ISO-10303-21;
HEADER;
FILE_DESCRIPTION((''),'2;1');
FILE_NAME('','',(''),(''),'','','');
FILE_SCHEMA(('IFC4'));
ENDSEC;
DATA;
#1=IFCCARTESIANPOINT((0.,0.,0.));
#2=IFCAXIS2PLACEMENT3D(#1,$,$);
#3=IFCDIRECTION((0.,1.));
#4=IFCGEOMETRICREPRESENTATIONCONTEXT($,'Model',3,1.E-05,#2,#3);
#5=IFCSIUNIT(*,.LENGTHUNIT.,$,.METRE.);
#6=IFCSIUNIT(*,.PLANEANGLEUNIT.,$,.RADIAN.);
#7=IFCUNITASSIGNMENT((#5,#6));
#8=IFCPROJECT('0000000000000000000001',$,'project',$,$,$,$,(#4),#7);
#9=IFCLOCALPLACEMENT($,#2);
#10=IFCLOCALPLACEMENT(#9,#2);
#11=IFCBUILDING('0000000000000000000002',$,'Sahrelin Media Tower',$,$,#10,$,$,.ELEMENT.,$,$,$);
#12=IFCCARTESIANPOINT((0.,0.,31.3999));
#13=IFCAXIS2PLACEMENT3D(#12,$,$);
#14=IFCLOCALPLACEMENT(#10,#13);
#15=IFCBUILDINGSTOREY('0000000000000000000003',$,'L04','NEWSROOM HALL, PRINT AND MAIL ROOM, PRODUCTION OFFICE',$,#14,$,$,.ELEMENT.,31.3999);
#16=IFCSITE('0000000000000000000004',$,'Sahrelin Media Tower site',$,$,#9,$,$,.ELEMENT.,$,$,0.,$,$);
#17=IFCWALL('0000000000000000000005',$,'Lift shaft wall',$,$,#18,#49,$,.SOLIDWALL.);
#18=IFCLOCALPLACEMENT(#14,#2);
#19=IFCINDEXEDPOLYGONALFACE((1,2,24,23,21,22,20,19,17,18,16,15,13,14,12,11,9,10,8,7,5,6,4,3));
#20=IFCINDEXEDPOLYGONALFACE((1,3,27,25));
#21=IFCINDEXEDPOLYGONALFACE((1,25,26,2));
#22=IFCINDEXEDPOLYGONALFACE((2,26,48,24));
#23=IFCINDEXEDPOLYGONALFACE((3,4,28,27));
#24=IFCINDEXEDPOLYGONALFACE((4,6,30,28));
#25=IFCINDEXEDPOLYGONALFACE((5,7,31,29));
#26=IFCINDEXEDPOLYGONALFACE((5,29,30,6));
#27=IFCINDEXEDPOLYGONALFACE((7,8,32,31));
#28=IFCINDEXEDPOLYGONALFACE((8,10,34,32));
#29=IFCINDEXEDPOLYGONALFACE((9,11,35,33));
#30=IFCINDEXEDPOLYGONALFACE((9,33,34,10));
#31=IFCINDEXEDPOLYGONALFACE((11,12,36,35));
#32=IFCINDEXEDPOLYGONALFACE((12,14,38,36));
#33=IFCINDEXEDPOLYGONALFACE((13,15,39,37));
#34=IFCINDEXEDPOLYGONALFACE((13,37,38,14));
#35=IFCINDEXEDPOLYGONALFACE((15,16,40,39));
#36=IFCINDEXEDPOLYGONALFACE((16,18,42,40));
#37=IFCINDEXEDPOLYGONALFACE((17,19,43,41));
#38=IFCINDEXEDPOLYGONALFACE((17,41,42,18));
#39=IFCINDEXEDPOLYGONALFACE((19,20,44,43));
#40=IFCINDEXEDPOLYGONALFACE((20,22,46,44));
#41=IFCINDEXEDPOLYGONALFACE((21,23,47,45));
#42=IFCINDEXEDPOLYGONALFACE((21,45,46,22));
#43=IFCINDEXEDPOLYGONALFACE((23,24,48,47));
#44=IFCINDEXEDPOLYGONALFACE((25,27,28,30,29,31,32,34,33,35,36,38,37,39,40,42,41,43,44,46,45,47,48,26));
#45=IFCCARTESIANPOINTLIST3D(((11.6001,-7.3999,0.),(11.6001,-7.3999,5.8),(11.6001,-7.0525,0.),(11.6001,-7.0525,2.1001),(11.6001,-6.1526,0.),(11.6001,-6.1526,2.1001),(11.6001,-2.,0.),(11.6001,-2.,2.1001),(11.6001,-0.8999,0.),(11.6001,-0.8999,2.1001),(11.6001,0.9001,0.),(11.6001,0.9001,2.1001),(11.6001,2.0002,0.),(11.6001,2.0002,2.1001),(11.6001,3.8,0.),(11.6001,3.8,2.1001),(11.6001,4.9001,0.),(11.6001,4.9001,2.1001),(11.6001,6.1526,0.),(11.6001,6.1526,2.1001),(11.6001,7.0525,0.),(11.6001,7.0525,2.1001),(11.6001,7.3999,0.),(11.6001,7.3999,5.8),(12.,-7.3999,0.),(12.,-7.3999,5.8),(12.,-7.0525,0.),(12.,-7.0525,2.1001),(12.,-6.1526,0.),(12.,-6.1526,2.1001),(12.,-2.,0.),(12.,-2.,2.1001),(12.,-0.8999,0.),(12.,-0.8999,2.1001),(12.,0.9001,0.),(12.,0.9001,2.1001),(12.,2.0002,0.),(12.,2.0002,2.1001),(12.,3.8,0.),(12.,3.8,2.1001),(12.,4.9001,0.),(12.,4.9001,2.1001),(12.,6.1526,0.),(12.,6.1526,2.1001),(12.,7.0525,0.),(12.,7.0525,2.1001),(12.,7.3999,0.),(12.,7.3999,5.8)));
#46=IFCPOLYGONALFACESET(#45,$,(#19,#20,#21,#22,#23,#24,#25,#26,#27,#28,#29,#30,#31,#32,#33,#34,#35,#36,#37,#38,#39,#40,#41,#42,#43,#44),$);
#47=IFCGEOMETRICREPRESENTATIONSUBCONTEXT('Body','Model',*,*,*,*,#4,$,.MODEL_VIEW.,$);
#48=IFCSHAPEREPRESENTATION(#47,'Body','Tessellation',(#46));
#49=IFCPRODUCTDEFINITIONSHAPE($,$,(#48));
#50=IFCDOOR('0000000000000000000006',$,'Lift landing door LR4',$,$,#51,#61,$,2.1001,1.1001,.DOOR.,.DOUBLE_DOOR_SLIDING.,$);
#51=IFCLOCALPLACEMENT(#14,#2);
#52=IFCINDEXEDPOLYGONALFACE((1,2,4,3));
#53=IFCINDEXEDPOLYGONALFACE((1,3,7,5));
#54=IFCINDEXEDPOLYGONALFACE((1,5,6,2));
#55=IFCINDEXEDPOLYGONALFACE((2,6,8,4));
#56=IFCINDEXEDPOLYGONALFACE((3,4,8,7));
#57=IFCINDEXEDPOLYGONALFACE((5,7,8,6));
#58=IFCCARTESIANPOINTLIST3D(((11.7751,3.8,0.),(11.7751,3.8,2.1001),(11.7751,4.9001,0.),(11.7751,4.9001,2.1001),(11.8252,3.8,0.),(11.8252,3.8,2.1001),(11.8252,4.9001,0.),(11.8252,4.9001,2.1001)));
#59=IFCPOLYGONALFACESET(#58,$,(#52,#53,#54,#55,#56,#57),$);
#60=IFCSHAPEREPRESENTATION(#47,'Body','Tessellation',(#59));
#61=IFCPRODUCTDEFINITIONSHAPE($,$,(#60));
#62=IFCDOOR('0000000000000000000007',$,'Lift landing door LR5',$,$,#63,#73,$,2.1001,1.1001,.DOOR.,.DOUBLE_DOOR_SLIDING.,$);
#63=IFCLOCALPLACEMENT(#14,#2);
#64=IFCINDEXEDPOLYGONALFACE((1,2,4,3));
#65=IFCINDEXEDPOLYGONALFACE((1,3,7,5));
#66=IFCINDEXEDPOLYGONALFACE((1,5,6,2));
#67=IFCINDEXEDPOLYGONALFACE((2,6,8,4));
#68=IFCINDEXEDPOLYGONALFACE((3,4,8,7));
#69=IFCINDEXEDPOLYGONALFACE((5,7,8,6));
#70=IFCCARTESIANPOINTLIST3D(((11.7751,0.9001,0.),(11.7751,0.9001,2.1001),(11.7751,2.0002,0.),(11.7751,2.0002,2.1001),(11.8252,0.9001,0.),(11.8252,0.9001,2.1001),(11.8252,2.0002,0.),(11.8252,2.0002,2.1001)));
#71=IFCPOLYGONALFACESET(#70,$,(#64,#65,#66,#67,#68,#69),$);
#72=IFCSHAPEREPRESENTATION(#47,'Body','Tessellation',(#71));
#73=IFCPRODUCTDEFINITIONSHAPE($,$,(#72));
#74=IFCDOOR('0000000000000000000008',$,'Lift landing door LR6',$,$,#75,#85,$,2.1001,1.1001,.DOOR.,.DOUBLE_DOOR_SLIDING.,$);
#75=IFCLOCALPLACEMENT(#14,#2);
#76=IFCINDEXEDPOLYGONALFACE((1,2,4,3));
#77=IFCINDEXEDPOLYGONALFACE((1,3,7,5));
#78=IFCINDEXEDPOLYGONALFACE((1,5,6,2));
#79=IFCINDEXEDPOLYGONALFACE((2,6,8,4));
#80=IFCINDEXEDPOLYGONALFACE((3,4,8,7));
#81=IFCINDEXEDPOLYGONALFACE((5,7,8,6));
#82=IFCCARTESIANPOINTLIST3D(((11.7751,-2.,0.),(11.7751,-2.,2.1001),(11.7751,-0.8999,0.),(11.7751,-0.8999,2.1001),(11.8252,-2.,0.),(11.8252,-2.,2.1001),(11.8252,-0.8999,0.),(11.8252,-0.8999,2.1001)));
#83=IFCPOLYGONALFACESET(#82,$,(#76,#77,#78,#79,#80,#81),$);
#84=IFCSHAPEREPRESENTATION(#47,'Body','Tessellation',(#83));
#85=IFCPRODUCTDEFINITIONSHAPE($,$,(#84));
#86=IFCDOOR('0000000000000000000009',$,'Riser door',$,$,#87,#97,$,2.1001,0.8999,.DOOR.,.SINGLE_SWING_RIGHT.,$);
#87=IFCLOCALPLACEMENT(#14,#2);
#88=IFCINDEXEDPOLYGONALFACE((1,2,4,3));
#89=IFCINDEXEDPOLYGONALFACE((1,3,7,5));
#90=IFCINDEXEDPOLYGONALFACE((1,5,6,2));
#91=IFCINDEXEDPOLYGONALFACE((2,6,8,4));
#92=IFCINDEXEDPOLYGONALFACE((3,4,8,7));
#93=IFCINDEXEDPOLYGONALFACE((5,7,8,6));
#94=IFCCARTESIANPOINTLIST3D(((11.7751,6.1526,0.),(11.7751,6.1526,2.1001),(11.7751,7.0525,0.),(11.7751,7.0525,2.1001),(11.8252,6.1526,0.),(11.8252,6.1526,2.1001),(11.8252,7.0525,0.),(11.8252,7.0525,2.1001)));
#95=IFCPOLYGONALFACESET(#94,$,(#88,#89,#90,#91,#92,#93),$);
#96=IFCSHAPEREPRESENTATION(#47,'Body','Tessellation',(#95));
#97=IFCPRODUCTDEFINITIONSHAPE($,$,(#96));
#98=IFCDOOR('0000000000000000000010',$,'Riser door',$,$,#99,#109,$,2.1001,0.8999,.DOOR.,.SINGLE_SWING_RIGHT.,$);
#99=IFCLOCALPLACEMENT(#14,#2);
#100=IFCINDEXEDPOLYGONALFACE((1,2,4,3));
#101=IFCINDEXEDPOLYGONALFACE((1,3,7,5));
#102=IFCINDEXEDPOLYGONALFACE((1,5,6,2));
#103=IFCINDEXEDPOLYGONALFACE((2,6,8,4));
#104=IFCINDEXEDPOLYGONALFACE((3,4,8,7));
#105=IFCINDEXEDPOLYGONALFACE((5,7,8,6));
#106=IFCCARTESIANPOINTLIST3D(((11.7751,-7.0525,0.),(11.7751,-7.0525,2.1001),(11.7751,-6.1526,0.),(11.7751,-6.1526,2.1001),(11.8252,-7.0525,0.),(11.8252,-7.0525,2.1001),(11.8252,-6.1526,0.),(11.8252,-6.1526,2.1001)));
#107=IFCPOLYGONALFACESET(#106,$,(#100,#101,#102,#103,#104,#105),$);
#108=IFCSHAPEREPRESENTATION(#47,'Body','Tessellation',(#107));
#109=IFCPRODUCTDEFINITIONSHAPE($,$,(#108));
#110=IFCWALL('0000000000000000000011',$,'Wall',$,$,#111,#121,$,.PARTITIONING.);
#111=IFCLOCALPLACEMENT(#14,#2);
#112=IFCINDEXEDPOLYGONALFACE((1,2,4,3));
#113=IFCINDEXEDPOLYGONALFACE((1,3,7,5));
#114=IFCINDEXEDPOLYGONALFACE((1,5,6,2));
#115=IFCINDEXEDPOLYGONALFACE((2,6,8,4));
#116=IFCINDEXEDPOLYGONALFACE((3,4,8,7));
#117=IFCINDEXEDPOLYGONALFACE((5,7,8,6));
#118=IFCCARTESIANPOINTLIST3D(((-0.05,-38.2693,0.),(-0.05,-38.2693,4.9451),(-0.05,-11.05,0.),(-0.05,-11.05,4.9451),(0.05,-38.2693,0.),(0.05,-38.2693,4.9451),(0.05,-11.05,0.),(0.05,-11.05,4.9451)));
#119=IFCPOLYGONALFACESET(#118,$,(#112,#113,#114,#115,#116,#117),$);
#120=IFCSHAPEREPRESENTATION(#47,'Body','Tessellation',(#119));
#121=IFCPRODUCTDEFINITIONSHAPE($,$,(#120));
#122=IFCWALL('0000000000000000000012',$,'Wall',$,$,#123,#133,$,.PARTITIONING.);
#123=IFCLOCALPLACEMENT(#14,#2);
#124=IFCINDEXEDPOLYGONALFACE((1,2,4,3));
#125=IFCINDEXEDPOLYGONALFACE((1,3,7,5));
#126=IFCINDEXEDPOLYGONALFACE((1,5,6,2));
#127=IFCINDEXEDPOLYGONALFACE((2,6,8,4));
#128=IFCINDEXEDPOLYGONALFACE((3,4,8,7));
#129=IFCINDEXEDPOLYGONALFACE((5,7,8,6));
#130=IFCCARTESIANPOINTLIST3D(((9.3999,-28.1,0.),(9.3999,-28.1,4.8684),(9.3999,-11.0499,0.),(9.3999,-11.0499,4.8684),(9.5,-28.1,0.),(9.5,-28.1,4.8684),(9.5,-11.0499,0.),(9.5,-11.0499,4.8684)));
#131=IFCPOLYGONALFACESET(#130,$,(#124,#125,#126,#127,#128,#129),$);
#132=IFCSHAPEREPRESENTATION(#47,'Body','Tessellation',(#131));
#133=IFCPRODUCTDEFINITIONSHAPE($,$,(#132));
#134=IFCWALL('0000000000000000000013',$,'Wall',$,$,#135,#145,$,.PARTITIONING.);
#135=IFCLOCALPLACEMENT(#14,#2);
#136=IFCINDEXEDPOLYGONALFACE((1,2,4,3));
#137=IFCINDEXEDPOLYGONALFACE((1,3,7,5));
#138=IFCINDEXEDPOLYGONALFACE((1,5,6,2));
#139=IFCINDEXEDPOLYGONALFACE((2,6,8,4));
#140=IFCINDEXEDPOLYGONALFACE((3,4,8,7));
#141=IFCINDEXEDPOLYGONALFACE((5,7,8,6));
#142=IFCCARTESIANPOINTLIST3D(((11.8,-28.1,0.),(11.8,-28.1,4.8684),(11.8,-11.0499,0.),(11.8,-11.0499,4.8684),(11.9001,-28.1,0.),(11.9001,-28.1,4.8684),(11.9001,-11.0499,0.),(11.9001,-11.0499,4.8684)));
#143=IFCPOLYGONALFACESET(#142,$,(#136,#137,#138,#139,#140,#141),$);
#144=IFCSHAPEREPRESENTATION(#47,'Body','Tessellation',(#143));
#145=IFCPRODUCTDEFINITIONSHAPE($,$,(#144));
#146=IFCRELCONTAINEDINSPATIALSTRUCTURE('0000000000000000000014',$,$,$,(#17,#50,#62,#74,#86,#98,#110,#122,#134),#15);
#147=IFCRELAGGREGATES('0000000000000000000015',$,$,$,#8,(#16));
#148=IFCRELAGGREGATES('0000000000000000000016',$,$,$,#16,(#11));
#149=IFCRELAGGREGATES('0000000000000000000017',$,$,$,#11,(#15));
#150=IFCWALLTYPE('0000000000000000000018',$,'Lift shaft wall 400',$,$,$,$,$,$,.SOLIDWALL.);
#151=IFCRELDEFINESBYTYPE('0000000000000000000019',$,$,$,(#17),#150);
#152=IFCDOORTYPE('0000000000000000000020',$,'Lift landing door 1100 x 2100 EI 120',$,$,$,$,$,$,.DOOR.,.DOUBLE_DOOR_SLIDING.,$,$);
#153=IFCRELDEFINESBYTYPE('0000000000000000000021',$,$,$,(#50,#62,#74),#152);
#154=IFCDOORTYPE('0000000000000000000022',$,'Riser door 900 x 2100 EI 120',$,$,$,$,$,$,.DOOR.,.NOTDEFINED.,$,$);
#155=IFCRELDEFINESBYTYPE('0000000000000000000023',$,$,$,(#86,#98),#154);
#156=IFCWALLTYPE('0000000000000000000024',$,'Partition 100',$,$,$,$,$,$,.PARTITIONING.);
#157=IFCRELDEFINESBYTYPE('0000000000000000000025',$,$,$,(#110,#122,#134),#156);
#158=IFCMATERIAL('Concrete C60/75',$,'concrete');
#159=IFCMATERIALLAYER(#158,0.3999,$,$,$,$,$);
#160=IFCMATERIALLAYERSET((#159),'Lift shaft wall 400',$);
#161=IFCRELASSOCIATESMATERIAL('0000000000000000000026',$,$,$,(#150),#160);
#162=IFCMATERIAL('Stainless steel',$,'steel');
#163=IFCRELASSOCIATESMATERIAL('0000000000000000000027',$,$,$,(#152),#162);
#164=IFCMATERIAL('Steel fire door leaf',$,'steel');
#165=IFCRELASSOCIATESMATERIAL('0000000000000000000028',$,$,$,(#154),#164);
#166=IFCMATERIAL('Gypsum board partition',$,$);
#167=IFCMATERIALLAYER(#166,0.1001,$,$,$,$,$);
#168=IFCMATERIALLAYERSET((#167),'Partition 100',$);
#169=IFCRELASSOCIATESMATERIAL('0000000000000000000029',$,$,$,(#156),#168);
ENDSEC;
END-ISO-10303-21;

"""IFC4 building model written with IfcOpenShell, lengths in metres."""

from ifc_helpers import new_model, si_unit, direction, frame, frame_2d, origin, place, context, subcontext, project, spatial, rectangle, extrude, material, layer, layer_set, type_object, element, fill, save


model = new_model("IFC4")

# Units and contexts
model_context = context("Model", 3, precision=1e-05, world=origin(), true_north=direction((0.0, 1.0)))
body_context = subcontext(model_context, "Body", "Model", "MODEL_VIEW")
ifc_project = project(units=[si_unit("LENGTHUNIT", "METRE"), si_unit("PLANEANGLEUNIT", "RADIAN")], contexts=[model_context])

# Site, building, storey
site_placement = place(None, origin())
site = spatial("IfcSite", under=ifc_project, at=site_placement, Name="Sahrelin Media Tower site", CompositionType="ELEMENT", RefElevation=0.0)
building_placement = place(site_placement, origin())
building = spatial("IfcBuilding", under=site, at=building_placement, Name="Sahrelin Media Tower", CompositionType="ELEMENT")
storey_placement = place(building_placement, frame((0.0, 0.0, 31.3999)))
storey = spatial("IfcBuildingStorey", under=building, at=storey_placement, Name="L04", Description="NEWSROOM HALL, PRINT AND MAIL ROOM, PRODUCTION OFFICE", CompositionType="ELEMENT", Elevation=31.3999)

# Shared definitions
ifc_material_1 = material(Name="Concrete C60/75", Category="concrete")

# Wall, openings, doors
ifc_layer_1 = layer(ifc_material_1, 0.3999)
ifc_layer_set_1 = layer_set([ifc_layer_1], Name="Lift shaft wall 400")
wall_type_1 = type_object("IfcWallType", Name="Lift shaft wall 400", PredefinedType="SOLIDWALL", material=ifc_layer_set_1)
wall_1_placement = place(storey_placement, frame((11.8, -7.3999, 0.0), z_axis=(0.0, 0.0, 1.0), x_axis=(0.0, 1.0, 0.0)))
wall_1 = element("IfcWall", 1, at=wall_1_placement, inside=storey, type_object=wall_type_1, Name="Lift shaft wall", PredefinedType="SOLIDWALL", context=body_context, shape_type="SweptSolid", body=[
    extrude(rectangle(XDim=14.7998, YDim=0.3999, at=frame_2d((7.3999, 0.0))), origin(), (0.0, 0.0, 1.0), 5.8),
])
opening_1_placement = place(wall_1_placement, frame((11.2, 0.0, 0.0)))
opening_1 = element("IfcOpeningElement", 2, at=opening_1_placement, cuts=wall_1, PredefinedType="OPENING", context=body_context, shape_type="SweptSolid", body=[
    extrude(rectangle(XDim=1.1001, YDim=2.1001, at=frame_2d((0.55, 1.05))), frame((0.0, 0.2, 0.0), z_axis=(0.0, -1.0, 0.0), x_axis=(1.0, 0.0, 0.0)), (0.0, 0.0, 1.0), 0.3999),
])
opening_2_placement = place(wall_1_placement, frame((8.3, 0.0, 0.0)))
opening_2 = element("IfcOpeningElement", 3, at=opening_2_placement, cuts=wall_1, PredefinedType="OPENING", context=body_context, shape_type="SweptSolid", body=[
    extrude(rectangle(XDim=1.1001, YDim=2.1001, at=frame_2d((0.55, 1.05))), frame((0.0, 0.2, 0.0), z_axis=(0.0, -1.0, 0.0), x_axis=(1.0, 0.0, 0.0)), (0.0, 0.0, 1.0), 0.3999),
])
opening_3_placement = place(wall_1_placement, frame((5.3999, 0.0, 0.0)))
opening_3 = element("IfcOpeningElement", 4, at=opening_3_placement, cuts=wall_1, PredefinedType="OPENING", context=body_context, shape_type="SweptSolid", body=[
    extrude(rectangle(XDim=1.1001, YDim=2.1001, at=frame_2d((0.55, 1.05))), frame((0.0, 0.2, 0.0), z_axis=(0.0, -1.0, 0.0), x_axis=(1.0, 0.0, 0.0)), (0.0, 0.0, 1.0), 0.3999),
])
opening_4_placement = place(wall_1_placement, frame((13.5525, 0.0, 0.0)))
opening_4 = element("IfcOpeningElement", 5, at=opening_4_placement, cuts=wall_1, PredefinedType="OPENING", context=body_context, shape_type="SweptSolid", body=[
    extrude(rectangle(XDim=0.8999, YDim=2.1001, at=frame_2d((0.45, 1.05))), frame((0.0, 0.2, 0.0), z_axis=(0.0, -1.0, 0.0), x_axis=(1.0, 0.0, 0.0)), (0.0, 0.0, 1.0), 0.3999),
])
opening_5_placement = place(wall_1_placement, frame((0.3474, 0.0, 0.0)))
opening_5 = element("IfcOpeningElement", 6, at=opening_5_placement, cuts=wall_1, PredefinedType="OPENING", context=body_context, shape_type="SweptSolid", body=[
    extrude(rectangle(XDim=0.8999, YDim=2.1001, at=frame_2d((0.45, 1.05))), frame((0.0, 0.2, 0.0), z_axis=(0.0, -1.0, 0.0), x_axis=(1.0, 0.0, 0.0)), (0.0, 0.0, 1.0), 0.3999),
])
ifc_material_2 = material(Name="Stainless steel", Category="steel")
door_type_1 = type_object("IfcDoorType", Name="Lift landing door 1100 x 2100 EI 120", OperationType="DOUBLE_DOOR_SLIDING", PredefinedType="DOOR", material=ifc_material_2)
door_1_placement = place(opening_1_placement, origin())
door_1 = element("IfcDoor", 7, at=door_1_placement, inside=storey, type_object=door_type_1, Name="Lift landing door LR4", OperationType="DOUBLE_DOOR_SLIDING", OverallHeight=2.1001, OverallWidth=1.1001, PredefinedType="DOOR", context=body_context, shape_type="SweptSolid", body=[
    extrude(rectangle(XDim=1.1001, YDim=2.1001, at=frame_2d((0.55, 1.05))), frame((0.0, 0.0249, 0.0), z_axis=(0.0, -1.0, 0.0), x_axis=(1.0, 0.0, 0.0)), (0.0, 0.0, 1.0), 0.05),
])
fill(opening_1, door_1)
door_2_placement = place(opening_2_placement, origin())
door_2 = element("IfcDoor", 8, at=door_2_placement, inside=storey, type_object=door_type_1, Name="Lift landing door LR5", OperationType="DOUBLE_DOOR_SLIDING", OverallHeight=2.1001, OverallWidth=1.1001, PredefinedType="DOOR", context=body_context, shape_type="SweptSolid", body=[
    extrude(rectangle(XDim=1.1001, YDim=2.1001, at=frame_2d((0.55, 1.05))), frame((0.0, 0.0249, 0.0), z_axis=(0.0, -1.0, 0.0), x_axis=(1.0, 0.0, 0.0)), (0.0, 0.0, 1.0), 0.05),
])
fill(opening_2, door_2)
door_3_placement = place(opening_3_placement, origin())
door_3 = element("IfcDoor", 9, at=door_3_placement, inside=storey, type_object=door_type_1, Name="Lift landing door LR6", OperationType="DOUBLE_DOOR_SLIDING", OverallHeight=2.1001, OverallWidth=1.1001, PredefinedType="DOOR", context=body_context, shape_type="SweptSolid", body=[
    extrude(rectangle(XDim=1.1001, YDim=2.1001, at=frame_2d((0.55, 1.05))), frame((0.0, 0.0249, 0.0), z_axis=(0.0, -1.0, 0.0), x_axis=(1.0, 0.0, 0.0)), (0.0, 0.0, 1.0), 0.05),
])
fill(opening_3, door_3)
ifc_material_3 = material(Name="Steel fire door leaf", Category="steel")
door_type_2 = type_object("IfcDoorType", Name="Riser door 900 x 2100 EI 120", OperationType="NOTDEFINED", PredefinedType="DOOR", material=ifc_material_3)
door_4_placement = place(opening_4_placement, origin())
door_4 = element("IfcDoor", 10, at=door_4_placement, inside=storey, type_object=door_type_2, Name="Riser door", OperationType="SINGLE_SWING_RIGHT", OverallHeight=2.1001, OverallWidth=0.8999, PredefinedType="DOOR", context=body_context, shape_type="SweptSolid", body=[
    extrude(rectangle(XDim=0.8999, YDim=2.1001, at=frame_2d((0.45, 1.05))), frame((0.0, 0.0249, 0.0), z_axis=(0.0, -1.0, 0.0), x_axis=(1.0, 0.0, 0.0)), (0.0, 0.0, 1.0), 0.05),
])
fill(opening_4, door_4)
door_5_placement = place(opening_5_placement, origin())
door_5 = element("IfcDoor", 11, at=door_5_placement, inside=storey, type_object=door_type_2, Name="Riser door", OperationType="SINGLE_SWING_RIGHT", OverallHeight=2.1001, OverallWidth=0.8999, PredefinedType="DOOR", context=body_context, shape_type="SweptSolid", body=[
    extrude(rectangle(XDim=0.8999, YDim=2.1001, at=frame_2d((0.45, 1.05))), frame((0.0, 0.0249, 0.0), z_axis=(0.0, -1.0, 0.0), x_axis=(1.0, 0.0, 0.0)), (0.0, 0.0, 1.0), 0.05),
])
fill(opening_5, door_5)

# Walls
ifc_material_4 = material(Name="Gypsum board partition")
ifc_layer_2 = layer(ifc_material_4, 0.1001)
ifc_layer_set_2 = layer_set([ifc_layer_2], Name="Partition 100")
wall_type_2 = type_object("IfcWallType", Name="Partition 100", PredefinedType="PARTITIONING", material=ifc_layer_set_2)
wall_2_placement = place(storey_placement, frame((0.0, -11.05, 0.0), z_axis=(0.0, 0.0, 1.0), x_axis=(0.0, -1.0, 0.0)))
element("IfcWall", 12, at=wall_2_placement, inside=storey, type_object=wall_type_2, Name="Wall", PredefinedType="PARTITIONING", context=body_context, shape_type="SweptSolid", body=[
    extrude(rectangle(XDim=27.2192, YDim=0.1001, at=frame_2d((13.6096, 0.0))), origin(), (0.0, 0.0, 1.0), 4.9451),
])
for number, where, z_axis, x_axis, name in (
    (13, (9.45, -11.05, 0.0), (0.0, 0.0, 1.0), (0.0, -1.0, 0.0), "Wall"),
    (14, (11.8501, -11.05, 0.0), (0.0, 0.0, 1.0), (0.0, -1.0, 0.0), "Wall"),
):
    element("IfcWall", number, at=place(storey_placement, frame(where, z_axis=z_axis, x_axis=x_axis)), inside=storey, type_object=wall_type_2, Name=name, PredefinedType="PARTITIONING", context=body_context, shape_type="SweptSolid", body=[
        extrude(rectangle(XDim=17.05, YDim=0.1001, at=frame_2d((8.5249, 0.0))), origin(), (0.0, 0.0, 1.0), 4.8684),
    ])

save(model, "model.ifc")
